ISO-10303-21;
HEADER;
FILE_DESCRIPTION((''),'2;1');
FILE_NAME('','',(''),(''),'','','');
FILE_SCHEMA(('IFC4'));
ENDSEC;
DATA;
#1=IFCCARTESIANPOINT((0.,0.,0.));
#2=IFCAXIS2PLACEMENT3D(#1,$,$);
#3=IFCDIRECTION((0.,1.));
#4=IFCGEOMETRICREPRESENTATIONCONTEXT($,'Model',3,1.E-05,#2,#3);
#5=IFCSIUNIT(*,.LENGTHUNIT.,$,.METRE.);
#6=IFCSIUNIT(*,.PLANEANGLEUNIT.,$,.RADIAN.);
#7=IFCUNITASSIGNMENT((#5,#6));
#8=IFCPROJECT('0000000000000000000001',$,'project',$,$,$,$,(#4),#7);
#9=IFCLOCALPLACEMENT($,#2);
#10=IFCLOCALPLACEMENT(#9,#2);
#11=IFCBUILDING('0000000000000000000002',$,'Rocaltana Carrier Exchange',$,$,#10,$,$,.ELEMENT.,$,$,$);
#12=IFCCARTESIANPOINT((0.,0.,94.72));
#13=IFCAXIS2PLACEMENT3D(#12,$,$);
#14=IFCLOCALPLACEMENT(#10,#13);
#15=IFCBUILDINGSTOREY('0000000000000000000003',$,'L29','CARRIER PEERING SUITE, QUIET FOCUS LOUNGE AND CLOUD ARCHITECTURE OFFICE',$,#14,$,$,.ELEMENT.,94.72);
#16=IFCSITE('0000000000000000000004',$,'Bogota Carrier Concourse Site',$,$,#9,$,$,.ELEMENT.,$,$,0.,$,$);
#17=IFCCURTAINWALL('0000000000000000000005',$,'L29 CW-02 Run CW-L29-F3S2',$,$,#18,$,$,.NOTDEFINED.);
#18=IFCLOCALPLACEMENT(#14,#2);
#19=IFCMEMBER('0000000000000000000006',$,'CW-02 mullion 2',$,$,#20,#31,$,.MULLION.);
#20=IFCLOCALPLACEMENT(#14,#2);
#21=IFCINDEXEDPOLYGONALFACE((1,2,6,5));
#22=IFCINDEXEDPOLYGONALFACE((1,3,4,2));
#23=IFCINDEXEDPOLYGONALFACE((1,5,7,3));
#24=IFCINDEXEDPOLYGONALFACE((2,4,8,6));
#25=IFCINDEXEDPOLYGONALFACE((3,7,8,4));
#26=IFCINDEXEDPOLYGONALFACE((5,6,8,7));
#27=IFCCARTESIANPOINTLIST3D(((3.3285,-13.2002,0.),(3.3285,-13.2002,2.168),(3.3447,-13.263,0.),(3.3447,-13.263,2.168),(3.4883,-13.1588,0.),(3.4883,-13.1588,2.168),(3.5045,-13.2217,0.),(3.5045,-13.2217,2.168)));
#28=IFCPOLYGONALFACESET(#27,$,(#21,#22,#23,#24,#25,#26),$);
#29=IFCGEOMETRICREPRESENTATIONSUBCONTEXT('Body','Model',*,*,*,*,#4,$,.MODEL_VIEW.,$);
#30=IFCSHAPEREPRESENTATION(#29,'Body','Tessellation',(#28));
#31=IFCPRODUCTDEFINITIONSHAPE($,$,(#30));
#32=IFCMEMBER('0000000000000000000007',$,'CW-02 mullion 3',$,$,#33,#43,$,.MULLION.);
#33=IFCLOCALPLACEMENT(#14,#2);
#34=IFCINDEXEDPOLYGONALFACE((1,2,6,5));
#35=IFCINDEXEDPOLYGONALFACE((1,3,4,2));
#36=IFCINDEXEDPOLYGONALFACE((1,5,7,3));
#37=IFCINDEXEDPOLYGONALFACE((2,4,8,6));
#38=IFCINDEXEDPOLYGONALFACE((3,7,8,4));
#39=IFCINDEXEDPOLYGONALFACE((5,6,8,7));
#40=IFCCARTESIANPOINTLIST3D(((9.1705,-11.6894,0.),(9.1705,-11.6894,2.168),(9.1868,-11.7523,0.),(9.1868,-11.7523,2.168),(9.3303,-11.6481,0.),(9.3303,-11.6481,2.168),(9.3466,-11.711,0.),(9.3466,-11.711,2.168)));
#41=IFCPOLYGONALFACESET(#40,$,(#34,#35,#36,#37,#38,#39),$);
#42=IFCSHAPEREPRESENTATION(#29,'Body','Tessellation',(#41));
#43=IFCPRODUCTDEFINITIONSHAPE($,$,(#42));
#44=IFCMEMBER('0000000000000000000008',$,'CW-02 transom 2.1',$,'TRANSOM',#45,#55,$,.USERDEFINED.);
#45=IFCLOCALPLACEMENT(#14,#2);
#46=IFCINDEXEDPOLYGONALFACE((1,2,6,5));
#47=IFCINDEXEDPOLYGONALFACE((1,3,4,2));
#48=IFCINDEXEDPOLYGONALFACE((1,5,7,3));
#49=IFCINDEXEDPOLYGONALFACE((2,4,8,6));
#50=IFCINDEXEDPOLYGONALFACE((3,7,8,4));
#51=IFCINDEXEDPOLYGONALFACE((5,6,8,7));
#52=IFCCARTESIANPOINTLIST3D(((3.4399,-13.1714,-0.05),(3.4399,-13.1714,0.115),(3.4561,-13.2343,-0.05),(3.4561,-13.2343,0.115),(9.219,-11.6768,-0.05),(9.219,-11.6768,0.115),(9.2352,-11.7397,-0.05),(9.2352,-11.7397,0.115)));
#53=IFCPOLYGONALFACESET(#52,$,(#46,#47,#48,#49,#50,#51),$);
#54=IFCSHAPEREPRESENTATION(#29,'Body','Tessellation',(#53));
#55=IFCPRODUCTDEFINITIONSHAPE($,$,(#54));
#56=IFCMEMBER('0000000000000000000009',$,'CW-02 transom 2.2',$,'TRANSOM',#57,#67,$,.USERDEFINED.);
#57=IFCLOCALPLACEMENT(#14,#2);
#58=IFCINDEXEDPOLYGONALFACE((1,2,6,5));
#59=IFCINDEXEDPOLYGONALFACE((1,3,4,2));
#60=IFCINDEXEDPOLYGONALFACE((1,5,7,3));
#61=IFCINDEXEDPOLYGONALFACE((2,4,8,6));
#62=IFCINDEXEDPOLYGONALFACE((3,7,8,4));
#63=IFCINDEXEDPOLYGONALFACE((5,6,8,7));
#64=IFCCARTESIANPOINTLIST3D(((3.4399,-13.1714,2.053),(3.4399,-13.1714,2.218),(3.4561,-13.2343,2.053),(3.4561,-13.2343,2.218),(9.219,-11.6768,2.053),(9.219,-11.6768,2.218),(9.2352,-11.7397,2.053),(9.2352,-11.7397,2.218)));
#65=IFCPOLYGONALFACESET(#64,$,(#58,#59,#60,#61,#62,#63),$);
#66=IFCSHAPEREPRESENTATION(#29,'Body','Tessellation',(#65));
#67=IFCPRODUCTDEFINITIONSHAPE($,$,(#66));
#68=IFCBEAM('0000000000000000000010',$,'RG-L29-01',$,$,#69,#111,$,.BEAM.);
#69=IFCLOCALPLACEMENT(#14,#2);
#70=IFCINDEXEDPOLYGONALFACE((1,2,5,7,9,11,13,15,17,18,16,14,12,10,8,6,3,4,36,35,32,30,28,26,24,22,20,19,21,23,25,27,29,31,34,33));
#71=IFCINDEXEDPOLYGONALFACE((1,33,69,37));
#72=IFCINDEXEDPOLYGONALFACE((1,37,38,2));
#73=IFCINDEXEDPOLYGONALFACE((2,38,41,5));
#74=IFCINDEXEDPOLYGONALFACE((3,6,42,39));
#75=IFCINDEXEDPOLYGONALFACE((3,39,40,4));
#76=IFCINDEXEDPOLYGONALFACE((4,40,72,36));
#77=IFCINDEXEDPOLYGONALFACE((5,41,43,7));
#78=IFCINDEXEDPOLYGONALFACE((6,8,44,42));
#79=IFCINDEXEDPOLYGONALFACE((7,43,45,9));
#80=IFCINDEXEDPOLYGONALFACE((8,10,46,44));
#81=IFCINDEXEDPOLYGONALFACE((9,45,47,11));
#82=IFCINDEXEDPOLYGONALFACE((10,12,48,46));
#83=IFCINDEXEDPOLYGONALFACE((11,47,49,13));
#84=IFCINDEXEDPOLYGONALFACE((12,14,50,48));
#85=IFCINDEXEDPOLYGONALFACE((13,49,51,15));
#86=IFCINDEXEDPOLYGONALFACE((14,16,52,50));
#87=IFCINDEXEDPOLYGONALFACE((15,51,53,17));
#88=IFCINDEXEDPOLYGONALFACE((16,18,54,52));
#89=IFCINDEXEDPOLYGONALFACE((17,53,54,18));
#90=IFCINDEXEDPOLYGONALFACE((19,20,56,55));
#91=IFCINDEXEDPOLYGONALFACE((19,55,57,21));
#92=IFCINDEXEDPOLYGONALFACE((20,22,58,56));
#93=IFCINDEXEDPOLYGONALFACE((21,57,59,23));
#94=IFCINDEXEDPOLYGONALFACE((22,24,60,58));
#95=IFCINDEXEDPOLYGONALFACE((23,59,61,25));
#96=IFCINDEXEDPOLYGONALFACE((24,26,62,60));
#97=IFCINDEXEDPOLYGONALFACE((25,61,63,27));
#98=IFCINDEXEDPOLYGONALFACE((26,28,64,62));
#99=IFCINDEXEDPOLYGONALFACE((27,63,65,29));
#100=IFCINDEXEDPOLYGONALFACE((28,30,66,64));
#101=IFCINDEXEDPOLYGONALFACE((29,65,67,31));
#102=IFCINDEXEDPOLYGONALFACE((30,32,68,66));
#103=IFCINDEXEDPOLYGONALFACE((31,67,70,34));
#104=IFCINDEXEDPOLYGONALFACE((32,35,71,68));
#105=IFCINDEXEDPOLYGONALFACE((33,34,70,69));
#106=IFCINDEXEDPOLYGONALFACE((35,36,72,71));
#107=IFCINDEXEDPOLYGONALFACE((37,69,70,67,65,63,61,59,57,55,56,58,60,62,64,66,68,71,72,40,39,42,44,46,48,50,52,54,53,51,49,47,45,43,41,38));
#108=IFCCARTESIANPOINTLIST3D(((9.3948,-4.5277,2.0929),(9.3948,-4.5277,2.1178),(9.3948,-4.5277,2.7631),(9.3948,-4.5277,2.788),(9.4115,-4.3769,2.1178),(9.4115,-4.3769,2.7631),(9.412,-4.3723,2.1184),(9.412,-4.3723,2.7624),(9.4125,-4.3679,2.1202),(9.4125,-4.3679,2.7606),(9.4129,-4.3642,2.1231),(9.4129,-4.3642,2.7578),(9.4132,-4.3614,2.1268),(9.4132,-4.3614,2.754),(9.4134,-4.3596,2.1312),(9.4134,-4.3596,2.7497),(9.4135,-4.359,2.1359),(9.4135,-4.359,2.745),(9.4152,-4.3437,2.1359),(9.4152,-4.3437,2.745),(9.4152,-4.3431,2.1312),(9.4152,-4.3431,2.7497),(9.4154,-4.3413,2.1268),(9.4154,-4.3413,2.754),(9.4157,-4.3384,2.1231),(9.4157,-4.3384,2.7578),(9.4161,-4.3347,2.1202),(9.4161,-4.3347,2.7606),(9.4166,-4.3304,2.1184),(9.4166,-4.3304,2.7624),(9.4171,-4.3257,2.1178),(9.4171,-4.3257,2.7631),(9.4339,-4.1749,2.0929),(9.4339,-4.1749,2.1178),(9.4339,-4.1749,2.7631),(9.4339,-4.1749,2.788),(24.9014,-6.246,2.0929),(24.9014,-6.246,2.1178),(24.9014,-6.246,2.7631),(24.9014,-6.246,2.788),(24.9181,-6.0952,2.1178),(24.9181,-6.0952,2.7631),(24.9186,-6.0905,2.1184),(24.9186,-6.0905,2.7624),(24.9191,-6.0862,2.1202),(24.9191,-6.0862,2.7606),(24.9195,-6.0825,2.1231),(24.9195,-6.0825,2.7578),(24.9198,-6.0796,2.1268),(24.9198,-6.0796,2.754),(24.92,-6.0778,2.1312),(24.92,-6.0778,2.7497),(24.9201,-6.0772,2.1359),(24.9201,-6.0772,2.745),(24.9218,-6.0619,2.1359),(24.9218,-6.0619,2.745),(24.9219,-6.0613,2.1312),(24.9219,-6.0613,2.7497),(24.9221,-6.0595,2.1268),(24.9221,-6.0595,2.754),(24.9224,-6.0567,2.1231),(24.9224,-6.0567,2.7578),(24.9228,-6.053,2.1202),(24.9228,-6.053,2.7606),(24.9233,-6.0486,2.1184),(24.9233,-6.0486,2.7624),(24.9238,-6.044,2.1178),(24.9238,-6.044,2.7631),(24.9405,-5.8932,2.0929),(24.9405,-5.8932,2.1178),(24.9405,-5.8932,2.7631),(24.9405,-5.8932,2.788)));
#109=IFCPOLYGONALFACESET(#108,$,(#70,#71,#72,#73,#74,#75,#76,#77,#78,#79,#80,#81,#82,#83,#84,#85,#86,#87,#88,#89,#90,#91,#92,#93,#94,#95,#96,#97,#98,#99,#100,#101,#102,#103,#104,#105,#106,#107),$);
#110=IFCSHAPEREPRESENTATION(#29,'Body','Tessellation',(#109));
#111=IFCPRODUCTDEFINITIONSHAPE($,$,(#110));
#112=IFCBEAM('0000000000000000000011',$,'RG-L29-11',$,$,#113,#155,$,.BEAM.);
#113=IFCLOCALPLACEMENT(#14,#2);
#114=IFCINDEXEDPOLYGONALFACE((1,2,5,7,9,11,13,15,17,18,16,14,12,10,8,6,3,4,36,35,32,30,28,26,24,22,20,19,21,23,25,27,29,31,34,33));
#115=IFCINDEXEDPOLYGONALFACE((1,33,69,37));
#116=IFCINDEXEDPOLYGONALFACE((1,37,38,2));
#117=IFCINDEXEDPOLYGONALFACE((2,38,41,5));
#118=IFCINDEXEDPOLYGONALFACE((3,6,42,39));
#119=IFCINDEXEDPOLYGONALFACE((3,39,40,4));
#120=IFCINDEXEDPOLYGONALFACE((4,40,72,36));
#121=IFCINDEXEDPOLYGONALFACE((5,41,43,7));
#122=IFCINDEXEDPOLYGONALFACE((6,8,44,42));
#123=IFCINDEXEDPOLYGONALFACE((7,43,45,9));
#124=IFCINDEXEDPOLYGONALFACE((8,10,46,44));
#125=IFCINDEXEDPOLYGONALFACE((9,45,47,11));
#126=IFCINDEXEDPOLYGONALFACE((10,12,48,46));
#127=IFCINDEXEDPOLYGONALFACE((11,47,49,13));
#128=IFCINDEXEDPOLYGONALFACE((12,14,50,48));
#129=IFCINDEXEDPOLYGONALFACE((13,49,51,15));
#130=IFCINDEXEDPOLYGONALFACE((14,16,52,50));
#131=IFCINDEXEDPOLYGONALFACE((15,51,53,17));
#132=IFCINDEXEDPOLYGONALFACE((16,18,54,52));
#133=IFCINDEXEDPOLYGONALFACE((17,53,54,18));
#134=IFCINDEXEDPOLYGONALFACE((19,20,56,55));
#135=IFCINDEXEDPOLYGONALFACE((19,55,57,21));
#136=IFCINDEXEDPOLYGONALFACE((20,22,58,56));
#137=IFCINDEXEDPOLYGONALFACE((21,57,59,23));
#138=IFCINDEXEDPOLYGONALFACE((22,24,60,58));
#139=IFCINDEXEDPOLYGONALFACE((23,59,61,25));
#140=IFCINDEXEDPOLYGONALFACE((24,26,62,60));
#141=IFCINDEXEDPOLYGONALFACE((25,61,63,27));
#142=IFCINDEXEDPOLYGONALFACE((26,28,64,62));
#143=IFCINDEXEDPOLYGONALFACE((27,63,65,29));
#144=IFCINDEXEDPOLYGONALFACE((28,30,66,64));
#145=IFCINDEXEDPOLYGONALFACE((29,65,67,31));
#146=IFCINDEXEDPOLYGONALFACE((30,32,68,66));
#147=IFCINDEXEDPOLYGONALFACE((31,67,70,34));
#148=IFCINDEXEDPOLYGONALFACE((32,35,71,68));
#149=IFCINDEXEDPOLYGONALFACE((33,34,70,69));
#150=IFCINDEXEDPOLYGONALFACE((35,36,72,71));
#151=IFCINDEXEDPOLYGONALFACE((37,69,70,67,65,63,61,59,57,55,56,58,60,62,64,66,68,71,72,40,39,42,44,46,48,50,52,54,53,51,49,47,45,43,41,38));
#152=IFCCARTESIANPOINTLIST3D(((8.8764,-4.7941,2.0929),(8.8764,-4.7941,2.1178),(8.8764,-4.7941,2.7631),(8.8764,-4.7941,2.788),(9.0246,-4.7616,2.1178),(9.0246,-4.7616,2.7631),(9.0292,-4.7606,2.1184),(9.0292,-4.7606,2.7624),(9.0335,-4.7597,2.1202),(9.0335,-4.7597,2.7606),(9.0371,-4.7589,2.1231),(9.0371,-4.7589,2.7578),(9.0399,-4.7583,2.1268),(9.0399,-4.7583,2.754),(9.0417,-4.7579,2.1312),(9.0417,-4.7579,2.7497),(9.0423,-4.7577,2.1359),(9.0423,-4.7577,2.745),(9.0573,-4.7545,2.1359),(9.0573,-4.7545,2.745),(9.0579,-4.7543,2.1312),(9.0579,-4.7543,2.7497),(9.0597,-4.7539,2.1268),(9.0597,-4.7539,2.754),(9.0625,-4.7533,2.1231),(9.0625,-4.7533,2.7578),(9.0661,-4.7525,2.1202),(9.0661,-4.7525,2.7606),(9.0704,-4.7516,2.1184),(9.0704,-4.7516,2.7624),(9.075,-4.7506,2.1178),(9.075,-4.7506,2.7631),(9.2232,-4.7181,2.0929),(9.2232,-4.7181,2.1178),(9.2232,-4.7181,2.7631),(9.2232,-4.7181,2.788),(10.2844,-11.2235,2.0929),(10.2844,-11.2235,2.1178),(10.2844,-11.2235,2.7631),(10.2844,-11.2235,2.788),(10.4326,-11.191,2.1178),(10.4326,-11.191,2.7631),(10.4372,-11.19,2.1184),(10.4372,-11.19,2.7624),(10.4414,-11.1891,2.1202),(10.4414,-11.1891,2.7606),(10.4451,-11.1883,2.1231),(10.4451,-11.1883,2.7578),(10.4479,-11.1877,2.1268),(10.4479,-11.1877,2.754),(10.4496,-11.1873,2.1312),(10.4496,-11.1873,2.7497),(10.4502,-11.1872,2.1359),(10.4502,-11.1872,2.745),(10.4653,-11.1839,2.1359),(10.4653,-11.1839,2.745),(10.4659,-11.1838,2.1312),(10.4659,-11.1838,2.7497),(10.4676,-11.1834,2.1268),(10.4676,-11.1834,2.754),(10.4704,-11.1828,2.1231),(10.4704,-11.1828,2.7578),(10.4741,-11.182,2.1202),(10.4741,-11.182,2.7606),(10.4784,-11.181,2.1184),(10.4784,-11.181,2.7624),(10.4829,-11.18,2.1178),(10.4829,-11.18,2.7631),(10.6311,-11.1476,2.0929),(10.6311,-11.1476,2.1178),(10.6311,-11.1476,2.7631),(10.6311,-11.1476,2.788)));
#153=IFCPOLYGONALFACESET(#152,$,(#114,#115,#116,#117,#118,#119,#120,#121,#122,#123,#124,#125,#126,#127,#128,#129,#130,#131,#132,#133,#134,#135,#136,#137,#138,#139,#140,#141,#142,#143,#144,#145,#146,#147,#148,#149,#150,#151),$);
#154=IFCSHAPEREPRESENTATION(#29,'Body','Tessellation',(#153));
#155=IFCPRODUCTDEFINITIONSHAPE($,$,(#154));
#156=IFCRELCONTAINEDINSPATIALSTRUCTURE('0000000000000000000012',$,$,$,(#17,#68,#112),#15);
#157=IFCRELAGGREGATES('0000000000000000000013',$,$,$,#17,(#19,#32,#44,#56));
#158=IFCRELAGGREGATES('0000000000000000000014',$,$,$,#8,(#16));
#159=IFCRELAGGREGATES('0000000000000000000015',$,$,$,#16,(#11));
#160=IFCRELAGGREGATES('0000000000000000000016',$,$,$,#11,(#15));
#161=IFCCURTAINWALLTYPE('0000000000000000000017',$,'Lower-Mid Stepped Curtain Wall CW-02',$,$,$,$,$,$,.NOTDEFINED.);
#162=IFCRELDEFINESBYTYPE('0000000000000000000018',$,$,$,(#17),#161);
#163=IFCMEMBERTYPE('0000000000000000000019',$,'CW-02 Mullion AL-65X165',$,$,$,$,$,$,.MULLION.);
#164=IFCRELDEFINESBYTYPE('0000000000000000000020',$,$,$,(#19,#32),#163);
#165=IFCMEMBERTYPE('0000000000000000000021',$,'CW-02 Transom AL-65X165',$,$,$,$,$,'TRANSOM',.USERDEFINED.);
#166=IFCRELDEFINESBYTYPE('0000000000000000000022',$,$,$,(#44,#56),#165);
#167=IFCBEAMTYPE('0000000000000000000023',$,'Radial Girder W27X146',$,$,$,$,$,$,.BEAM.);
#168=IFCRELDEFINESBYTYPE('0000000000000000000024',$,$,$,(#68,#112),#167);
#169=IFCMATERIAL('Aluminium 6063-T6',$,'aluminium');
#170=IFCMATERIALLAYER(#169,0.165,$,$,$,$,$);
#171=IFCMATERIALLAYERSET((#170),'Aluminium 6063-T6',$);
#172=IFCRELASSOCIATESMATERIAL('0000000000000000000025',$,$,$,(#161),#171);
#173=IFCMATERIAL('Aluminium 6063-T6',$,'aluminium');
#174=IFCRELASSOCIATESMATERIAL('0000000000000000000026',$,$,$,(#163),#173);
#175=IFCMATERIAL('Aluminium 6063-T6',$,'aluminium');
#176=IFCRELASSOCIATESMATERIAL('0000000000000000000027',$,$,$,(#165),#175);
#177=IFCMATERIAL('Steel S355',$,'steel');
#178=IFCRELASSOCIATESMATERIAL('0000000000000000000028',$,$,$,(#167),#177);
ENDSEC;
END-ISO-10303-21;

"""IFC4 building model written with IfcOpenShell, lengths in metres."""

from ifc_helpers import new_model, si_unit, direction, frame, origin, origin_2d, place, context, subcontext, project, spatial, rectangle, i_section, extrude, material, layer, layer_set, material_profile, profile_set, type_object, element, aggregate, save


model = new_model("IFC4")

# Units and contexts
model_context = context("Model", 3, precision=1e-05, world=origin(), true_north=direction((0.0, 1.0)))
body_context = subcontext(model_context, "Body", "Model", "MODEL_VIEW")
ifc_project = project(units=[si_unit("LENGTHUNIT", "METRE"), si_unit("PLANEANGLEUNIT", "RADIAN")], contexts=[model_context])

# Site, building, storey
site_placement = place(None, origin())
site = spatial("IfcSite", under=ifc_project, at=site_placement, Name="Bogota Carrier Concourse Site", CompositionType="ELEMENT", RefElevation=0.0)
building_placement = place(site_placement, origin())
building = spatial("IfcBuilding", under=site, at=building_placement, Name="Rocaltana Carrier Exchange", CompositionType="ELEMENT")
storey_placement = place(building_placement, frame((0.0, 0.0, 94.72)))
storey = spatial("IfcBuildingStorey", under=building, at=storey_placement, Name="L29", Description="CARRIER PEERING SUITE, QUIET FOCUS LOUNGE AND CLOUD ARCHITECTURE OFFICE", CompositionType="ELEMENT", Elevation=94.72)

# Curtain wall, members
ifc_material_1 = material(Name="Aluminium 6063-T6", Category="aluminium")
ifc_layer_1 = layer(ifc_material_1, 0.165)
ifc_layer_set_1 = layer_set([ifc_layer_1], Name="Aluminium 6063-T6")
curtain_wall_type = type_object("IfcCurtainWallType", Name="Lower-Mid Stepped Curtain Wall CW-02", PredefinedType="NOTDEFINED", material=ifc_layer_set_1)
curtain_wall_placement = place(storey_placement, origin())
curtain_wall = element("IfcCurtainWall", 1, at=curtain_wall_placement, inside=storey, type_object=curtain_wall_type, Name="L29 CW-02 Run CW-L29-F3S2", PredefinedType="NOTDEFINED")
ifc_material_2 = material(Name="Aluminium 6063-T6", Category="aluminium")
ifc_material_profile_1 = material_profile(ifc_material_2, rectangle(XDim=0.0649, YDim=0.165, at=origin_2d()), Name="AL-65X165")
ifc_profile_set_1 = profile_set([ifc_material_profile_1], Name="Aluminium 6063-T6")
member_type_1 = type_object("IfcMemberType", Name="CW-02 Mullion AL-65X165", PredefinedType="MULLION", material=ifc_profile_set_1)
member_1_placement = place(storey_placement, frame((3.4165, -13.2109, 0.0), z_axis=(0.0, 0.0, 1.0), x_axis=(-0.250378, 0.968148, 0.0)))
member_1 = element("IfcMember", 2, at=member_1_placement, type_object=member_type_1, Name="CW-02 mullion 2", PredefinedType="MULLION", context=body_context, shape_type="SweptSolid", body=[
    extrude(rectangle(XDim=0.0649, YDim=0.165, at=origin_2d()), origin(), (0.0, 0.0, 1.0), 2.168),
])
member_2_placement = place(storey_placement, frame((9.2585, -11.7002, 0.0), z_axis=(0.0, 0.0, 1.0), x_axis=(-0.250378, 0.968148, 0.0)))
member_2 = element("IfcMember", 3, at=member_2_placement, type_object=member_type_1, Name="CW-02 mullion 3", PredefinedType="MULLION", context=body_context, shape_type="SweptSolid", body=[
    extrude(rectangle(XDim=0.0649, YDim=0.165, at=origin_2d()), origin(), (0.0, 0.0, 1.0), 2.168),
])
ifc_material_3 = material(Name="Aluminium 6063-T6", Category="aluminium")
ifc_material_profile_2 = material_profile(ifc_material_3, rectangle(XDim=0.0649, YDim=0.165, at=origin_2d()), Name="AL-65X165")
ifc_profile_set_2 = profile_set([ifc_material_profile_2], Name="Aluminium 6063-T6")
member_type_2 = type_object("IfcMemberType", Name="CW-02 Transom AL-65X165", ElementType="TRANSOM", PredefinedType="USERDEFINED", material=ifc_profile_set_2)
member_3_placement = place(storey_placement, frame((3.448, -13.2029, 0.0325), z_axis=(0.968145, 0.25039, 0.0), x_axis=(-0.25039, 0.968145, 0.0)))
member_3 = element("IfcMember", 4, at=member_3_placement, type_object=member_type_2, Name="CW-02 transom 2.1", ObjectType="TRANSOM", PredefinedType="USERDEFINED", context=body_context, shape_type="SweptSolid", body=[
    extrude(rectangle(XDim=0.0649, YDim=0.165, at=origin_2d()), origin(), (0.0, 0.0, 1.0), 5.9692),
])
member_4_placement = place(storey_placement, frame((3.448, -13.2029, 2.1355), z_axis=(0.968145, 0.25039, 0.0), x_axis=(-0.25039, 0.968145, 0.0)))
member_4 = element("IfcMember", 5, at=member_4_placement, type_object=member_type_2, Name="CW-02 transom 2.2", ObjectType="TRANSOM", PredefinedType="USERDEFINED", context=body_context, shape_type="SweptSolid", body=[
    extrude(rectangle(XDim=0.0649, YDim=0.165, at=origin_2d()), origin(), (0.0, 0.0, 1.0), 5.9692),
])

# Beams
ifc_material_4 = material(Name="Steel S355", Category="steel")
ifc_material_profile_3 = material_profile(ifc_material_4, i_section(OverallWidth=0.355, OverallDepth=0.6951, WebThickness=0.0154, FlangeThickness=0.0249, FilletRadius=0.0181, at=origin_2d()), Name="W27X146")
ifc_profile_set_3 = profile_set([ifc_material_profile_3], Name="Steel S355")
beam_type = type_object("IfcBeamType", Name="Radial Girder W27X146", PredefinedType="BEAM", material=ifc_profile_set_3)
beam_1_placement = place(storey_placement, frame((9.4143, -4.3513, 2.4404), z_axis=(0.993917, -0.110134, 0.0), x_axis=(0.110134, 0.993917, 0.0)))
element("IfcBeam", 6, at=beam_1_placement, inside=storey, type_object=beam_type, Name="RG-L29-01", PredefinedType="BEAM", context=body_context, shape_type="SweptSolid", body=[
    extrude(i_section(OverallWidth=0.355, OverallDepth=0.6951, WebThickness=0.0154, FlangeThickness=0.0249, FilletRadius=0.0181, at=origin_2d()), origin(), (0.0, 0.0, 1.0), 15.6016),
])
beam_2_placement = place(storey_placement, frame((9.0498, -4.7561, 2.4404), z_axis=(0.213917, -0.976852, 0.0), x_axis=(0.976852, 0.213917, 0.0)))
element("IfcBeam", 7, at=beam_2_placement, inside=storey, type_object=beam_type, Name="RG-L29-11", PredefinedType="BEAM", context=body_context, shape_type="SweptSolid", body=[
    extrude(i_section(OverallWidth=0.355, OverallDepth=0.6951, WebThickness=0.0154, FlangeThickness=0.0249, FilletRadius=0.0181, at=origin_2d()), origin(), (0.0, 0.0, 1.0), 6.5818),
])

aggregate(curtain_wall, [member_1, member_2, member_3, member_4])

save(model, "model.ifc")
